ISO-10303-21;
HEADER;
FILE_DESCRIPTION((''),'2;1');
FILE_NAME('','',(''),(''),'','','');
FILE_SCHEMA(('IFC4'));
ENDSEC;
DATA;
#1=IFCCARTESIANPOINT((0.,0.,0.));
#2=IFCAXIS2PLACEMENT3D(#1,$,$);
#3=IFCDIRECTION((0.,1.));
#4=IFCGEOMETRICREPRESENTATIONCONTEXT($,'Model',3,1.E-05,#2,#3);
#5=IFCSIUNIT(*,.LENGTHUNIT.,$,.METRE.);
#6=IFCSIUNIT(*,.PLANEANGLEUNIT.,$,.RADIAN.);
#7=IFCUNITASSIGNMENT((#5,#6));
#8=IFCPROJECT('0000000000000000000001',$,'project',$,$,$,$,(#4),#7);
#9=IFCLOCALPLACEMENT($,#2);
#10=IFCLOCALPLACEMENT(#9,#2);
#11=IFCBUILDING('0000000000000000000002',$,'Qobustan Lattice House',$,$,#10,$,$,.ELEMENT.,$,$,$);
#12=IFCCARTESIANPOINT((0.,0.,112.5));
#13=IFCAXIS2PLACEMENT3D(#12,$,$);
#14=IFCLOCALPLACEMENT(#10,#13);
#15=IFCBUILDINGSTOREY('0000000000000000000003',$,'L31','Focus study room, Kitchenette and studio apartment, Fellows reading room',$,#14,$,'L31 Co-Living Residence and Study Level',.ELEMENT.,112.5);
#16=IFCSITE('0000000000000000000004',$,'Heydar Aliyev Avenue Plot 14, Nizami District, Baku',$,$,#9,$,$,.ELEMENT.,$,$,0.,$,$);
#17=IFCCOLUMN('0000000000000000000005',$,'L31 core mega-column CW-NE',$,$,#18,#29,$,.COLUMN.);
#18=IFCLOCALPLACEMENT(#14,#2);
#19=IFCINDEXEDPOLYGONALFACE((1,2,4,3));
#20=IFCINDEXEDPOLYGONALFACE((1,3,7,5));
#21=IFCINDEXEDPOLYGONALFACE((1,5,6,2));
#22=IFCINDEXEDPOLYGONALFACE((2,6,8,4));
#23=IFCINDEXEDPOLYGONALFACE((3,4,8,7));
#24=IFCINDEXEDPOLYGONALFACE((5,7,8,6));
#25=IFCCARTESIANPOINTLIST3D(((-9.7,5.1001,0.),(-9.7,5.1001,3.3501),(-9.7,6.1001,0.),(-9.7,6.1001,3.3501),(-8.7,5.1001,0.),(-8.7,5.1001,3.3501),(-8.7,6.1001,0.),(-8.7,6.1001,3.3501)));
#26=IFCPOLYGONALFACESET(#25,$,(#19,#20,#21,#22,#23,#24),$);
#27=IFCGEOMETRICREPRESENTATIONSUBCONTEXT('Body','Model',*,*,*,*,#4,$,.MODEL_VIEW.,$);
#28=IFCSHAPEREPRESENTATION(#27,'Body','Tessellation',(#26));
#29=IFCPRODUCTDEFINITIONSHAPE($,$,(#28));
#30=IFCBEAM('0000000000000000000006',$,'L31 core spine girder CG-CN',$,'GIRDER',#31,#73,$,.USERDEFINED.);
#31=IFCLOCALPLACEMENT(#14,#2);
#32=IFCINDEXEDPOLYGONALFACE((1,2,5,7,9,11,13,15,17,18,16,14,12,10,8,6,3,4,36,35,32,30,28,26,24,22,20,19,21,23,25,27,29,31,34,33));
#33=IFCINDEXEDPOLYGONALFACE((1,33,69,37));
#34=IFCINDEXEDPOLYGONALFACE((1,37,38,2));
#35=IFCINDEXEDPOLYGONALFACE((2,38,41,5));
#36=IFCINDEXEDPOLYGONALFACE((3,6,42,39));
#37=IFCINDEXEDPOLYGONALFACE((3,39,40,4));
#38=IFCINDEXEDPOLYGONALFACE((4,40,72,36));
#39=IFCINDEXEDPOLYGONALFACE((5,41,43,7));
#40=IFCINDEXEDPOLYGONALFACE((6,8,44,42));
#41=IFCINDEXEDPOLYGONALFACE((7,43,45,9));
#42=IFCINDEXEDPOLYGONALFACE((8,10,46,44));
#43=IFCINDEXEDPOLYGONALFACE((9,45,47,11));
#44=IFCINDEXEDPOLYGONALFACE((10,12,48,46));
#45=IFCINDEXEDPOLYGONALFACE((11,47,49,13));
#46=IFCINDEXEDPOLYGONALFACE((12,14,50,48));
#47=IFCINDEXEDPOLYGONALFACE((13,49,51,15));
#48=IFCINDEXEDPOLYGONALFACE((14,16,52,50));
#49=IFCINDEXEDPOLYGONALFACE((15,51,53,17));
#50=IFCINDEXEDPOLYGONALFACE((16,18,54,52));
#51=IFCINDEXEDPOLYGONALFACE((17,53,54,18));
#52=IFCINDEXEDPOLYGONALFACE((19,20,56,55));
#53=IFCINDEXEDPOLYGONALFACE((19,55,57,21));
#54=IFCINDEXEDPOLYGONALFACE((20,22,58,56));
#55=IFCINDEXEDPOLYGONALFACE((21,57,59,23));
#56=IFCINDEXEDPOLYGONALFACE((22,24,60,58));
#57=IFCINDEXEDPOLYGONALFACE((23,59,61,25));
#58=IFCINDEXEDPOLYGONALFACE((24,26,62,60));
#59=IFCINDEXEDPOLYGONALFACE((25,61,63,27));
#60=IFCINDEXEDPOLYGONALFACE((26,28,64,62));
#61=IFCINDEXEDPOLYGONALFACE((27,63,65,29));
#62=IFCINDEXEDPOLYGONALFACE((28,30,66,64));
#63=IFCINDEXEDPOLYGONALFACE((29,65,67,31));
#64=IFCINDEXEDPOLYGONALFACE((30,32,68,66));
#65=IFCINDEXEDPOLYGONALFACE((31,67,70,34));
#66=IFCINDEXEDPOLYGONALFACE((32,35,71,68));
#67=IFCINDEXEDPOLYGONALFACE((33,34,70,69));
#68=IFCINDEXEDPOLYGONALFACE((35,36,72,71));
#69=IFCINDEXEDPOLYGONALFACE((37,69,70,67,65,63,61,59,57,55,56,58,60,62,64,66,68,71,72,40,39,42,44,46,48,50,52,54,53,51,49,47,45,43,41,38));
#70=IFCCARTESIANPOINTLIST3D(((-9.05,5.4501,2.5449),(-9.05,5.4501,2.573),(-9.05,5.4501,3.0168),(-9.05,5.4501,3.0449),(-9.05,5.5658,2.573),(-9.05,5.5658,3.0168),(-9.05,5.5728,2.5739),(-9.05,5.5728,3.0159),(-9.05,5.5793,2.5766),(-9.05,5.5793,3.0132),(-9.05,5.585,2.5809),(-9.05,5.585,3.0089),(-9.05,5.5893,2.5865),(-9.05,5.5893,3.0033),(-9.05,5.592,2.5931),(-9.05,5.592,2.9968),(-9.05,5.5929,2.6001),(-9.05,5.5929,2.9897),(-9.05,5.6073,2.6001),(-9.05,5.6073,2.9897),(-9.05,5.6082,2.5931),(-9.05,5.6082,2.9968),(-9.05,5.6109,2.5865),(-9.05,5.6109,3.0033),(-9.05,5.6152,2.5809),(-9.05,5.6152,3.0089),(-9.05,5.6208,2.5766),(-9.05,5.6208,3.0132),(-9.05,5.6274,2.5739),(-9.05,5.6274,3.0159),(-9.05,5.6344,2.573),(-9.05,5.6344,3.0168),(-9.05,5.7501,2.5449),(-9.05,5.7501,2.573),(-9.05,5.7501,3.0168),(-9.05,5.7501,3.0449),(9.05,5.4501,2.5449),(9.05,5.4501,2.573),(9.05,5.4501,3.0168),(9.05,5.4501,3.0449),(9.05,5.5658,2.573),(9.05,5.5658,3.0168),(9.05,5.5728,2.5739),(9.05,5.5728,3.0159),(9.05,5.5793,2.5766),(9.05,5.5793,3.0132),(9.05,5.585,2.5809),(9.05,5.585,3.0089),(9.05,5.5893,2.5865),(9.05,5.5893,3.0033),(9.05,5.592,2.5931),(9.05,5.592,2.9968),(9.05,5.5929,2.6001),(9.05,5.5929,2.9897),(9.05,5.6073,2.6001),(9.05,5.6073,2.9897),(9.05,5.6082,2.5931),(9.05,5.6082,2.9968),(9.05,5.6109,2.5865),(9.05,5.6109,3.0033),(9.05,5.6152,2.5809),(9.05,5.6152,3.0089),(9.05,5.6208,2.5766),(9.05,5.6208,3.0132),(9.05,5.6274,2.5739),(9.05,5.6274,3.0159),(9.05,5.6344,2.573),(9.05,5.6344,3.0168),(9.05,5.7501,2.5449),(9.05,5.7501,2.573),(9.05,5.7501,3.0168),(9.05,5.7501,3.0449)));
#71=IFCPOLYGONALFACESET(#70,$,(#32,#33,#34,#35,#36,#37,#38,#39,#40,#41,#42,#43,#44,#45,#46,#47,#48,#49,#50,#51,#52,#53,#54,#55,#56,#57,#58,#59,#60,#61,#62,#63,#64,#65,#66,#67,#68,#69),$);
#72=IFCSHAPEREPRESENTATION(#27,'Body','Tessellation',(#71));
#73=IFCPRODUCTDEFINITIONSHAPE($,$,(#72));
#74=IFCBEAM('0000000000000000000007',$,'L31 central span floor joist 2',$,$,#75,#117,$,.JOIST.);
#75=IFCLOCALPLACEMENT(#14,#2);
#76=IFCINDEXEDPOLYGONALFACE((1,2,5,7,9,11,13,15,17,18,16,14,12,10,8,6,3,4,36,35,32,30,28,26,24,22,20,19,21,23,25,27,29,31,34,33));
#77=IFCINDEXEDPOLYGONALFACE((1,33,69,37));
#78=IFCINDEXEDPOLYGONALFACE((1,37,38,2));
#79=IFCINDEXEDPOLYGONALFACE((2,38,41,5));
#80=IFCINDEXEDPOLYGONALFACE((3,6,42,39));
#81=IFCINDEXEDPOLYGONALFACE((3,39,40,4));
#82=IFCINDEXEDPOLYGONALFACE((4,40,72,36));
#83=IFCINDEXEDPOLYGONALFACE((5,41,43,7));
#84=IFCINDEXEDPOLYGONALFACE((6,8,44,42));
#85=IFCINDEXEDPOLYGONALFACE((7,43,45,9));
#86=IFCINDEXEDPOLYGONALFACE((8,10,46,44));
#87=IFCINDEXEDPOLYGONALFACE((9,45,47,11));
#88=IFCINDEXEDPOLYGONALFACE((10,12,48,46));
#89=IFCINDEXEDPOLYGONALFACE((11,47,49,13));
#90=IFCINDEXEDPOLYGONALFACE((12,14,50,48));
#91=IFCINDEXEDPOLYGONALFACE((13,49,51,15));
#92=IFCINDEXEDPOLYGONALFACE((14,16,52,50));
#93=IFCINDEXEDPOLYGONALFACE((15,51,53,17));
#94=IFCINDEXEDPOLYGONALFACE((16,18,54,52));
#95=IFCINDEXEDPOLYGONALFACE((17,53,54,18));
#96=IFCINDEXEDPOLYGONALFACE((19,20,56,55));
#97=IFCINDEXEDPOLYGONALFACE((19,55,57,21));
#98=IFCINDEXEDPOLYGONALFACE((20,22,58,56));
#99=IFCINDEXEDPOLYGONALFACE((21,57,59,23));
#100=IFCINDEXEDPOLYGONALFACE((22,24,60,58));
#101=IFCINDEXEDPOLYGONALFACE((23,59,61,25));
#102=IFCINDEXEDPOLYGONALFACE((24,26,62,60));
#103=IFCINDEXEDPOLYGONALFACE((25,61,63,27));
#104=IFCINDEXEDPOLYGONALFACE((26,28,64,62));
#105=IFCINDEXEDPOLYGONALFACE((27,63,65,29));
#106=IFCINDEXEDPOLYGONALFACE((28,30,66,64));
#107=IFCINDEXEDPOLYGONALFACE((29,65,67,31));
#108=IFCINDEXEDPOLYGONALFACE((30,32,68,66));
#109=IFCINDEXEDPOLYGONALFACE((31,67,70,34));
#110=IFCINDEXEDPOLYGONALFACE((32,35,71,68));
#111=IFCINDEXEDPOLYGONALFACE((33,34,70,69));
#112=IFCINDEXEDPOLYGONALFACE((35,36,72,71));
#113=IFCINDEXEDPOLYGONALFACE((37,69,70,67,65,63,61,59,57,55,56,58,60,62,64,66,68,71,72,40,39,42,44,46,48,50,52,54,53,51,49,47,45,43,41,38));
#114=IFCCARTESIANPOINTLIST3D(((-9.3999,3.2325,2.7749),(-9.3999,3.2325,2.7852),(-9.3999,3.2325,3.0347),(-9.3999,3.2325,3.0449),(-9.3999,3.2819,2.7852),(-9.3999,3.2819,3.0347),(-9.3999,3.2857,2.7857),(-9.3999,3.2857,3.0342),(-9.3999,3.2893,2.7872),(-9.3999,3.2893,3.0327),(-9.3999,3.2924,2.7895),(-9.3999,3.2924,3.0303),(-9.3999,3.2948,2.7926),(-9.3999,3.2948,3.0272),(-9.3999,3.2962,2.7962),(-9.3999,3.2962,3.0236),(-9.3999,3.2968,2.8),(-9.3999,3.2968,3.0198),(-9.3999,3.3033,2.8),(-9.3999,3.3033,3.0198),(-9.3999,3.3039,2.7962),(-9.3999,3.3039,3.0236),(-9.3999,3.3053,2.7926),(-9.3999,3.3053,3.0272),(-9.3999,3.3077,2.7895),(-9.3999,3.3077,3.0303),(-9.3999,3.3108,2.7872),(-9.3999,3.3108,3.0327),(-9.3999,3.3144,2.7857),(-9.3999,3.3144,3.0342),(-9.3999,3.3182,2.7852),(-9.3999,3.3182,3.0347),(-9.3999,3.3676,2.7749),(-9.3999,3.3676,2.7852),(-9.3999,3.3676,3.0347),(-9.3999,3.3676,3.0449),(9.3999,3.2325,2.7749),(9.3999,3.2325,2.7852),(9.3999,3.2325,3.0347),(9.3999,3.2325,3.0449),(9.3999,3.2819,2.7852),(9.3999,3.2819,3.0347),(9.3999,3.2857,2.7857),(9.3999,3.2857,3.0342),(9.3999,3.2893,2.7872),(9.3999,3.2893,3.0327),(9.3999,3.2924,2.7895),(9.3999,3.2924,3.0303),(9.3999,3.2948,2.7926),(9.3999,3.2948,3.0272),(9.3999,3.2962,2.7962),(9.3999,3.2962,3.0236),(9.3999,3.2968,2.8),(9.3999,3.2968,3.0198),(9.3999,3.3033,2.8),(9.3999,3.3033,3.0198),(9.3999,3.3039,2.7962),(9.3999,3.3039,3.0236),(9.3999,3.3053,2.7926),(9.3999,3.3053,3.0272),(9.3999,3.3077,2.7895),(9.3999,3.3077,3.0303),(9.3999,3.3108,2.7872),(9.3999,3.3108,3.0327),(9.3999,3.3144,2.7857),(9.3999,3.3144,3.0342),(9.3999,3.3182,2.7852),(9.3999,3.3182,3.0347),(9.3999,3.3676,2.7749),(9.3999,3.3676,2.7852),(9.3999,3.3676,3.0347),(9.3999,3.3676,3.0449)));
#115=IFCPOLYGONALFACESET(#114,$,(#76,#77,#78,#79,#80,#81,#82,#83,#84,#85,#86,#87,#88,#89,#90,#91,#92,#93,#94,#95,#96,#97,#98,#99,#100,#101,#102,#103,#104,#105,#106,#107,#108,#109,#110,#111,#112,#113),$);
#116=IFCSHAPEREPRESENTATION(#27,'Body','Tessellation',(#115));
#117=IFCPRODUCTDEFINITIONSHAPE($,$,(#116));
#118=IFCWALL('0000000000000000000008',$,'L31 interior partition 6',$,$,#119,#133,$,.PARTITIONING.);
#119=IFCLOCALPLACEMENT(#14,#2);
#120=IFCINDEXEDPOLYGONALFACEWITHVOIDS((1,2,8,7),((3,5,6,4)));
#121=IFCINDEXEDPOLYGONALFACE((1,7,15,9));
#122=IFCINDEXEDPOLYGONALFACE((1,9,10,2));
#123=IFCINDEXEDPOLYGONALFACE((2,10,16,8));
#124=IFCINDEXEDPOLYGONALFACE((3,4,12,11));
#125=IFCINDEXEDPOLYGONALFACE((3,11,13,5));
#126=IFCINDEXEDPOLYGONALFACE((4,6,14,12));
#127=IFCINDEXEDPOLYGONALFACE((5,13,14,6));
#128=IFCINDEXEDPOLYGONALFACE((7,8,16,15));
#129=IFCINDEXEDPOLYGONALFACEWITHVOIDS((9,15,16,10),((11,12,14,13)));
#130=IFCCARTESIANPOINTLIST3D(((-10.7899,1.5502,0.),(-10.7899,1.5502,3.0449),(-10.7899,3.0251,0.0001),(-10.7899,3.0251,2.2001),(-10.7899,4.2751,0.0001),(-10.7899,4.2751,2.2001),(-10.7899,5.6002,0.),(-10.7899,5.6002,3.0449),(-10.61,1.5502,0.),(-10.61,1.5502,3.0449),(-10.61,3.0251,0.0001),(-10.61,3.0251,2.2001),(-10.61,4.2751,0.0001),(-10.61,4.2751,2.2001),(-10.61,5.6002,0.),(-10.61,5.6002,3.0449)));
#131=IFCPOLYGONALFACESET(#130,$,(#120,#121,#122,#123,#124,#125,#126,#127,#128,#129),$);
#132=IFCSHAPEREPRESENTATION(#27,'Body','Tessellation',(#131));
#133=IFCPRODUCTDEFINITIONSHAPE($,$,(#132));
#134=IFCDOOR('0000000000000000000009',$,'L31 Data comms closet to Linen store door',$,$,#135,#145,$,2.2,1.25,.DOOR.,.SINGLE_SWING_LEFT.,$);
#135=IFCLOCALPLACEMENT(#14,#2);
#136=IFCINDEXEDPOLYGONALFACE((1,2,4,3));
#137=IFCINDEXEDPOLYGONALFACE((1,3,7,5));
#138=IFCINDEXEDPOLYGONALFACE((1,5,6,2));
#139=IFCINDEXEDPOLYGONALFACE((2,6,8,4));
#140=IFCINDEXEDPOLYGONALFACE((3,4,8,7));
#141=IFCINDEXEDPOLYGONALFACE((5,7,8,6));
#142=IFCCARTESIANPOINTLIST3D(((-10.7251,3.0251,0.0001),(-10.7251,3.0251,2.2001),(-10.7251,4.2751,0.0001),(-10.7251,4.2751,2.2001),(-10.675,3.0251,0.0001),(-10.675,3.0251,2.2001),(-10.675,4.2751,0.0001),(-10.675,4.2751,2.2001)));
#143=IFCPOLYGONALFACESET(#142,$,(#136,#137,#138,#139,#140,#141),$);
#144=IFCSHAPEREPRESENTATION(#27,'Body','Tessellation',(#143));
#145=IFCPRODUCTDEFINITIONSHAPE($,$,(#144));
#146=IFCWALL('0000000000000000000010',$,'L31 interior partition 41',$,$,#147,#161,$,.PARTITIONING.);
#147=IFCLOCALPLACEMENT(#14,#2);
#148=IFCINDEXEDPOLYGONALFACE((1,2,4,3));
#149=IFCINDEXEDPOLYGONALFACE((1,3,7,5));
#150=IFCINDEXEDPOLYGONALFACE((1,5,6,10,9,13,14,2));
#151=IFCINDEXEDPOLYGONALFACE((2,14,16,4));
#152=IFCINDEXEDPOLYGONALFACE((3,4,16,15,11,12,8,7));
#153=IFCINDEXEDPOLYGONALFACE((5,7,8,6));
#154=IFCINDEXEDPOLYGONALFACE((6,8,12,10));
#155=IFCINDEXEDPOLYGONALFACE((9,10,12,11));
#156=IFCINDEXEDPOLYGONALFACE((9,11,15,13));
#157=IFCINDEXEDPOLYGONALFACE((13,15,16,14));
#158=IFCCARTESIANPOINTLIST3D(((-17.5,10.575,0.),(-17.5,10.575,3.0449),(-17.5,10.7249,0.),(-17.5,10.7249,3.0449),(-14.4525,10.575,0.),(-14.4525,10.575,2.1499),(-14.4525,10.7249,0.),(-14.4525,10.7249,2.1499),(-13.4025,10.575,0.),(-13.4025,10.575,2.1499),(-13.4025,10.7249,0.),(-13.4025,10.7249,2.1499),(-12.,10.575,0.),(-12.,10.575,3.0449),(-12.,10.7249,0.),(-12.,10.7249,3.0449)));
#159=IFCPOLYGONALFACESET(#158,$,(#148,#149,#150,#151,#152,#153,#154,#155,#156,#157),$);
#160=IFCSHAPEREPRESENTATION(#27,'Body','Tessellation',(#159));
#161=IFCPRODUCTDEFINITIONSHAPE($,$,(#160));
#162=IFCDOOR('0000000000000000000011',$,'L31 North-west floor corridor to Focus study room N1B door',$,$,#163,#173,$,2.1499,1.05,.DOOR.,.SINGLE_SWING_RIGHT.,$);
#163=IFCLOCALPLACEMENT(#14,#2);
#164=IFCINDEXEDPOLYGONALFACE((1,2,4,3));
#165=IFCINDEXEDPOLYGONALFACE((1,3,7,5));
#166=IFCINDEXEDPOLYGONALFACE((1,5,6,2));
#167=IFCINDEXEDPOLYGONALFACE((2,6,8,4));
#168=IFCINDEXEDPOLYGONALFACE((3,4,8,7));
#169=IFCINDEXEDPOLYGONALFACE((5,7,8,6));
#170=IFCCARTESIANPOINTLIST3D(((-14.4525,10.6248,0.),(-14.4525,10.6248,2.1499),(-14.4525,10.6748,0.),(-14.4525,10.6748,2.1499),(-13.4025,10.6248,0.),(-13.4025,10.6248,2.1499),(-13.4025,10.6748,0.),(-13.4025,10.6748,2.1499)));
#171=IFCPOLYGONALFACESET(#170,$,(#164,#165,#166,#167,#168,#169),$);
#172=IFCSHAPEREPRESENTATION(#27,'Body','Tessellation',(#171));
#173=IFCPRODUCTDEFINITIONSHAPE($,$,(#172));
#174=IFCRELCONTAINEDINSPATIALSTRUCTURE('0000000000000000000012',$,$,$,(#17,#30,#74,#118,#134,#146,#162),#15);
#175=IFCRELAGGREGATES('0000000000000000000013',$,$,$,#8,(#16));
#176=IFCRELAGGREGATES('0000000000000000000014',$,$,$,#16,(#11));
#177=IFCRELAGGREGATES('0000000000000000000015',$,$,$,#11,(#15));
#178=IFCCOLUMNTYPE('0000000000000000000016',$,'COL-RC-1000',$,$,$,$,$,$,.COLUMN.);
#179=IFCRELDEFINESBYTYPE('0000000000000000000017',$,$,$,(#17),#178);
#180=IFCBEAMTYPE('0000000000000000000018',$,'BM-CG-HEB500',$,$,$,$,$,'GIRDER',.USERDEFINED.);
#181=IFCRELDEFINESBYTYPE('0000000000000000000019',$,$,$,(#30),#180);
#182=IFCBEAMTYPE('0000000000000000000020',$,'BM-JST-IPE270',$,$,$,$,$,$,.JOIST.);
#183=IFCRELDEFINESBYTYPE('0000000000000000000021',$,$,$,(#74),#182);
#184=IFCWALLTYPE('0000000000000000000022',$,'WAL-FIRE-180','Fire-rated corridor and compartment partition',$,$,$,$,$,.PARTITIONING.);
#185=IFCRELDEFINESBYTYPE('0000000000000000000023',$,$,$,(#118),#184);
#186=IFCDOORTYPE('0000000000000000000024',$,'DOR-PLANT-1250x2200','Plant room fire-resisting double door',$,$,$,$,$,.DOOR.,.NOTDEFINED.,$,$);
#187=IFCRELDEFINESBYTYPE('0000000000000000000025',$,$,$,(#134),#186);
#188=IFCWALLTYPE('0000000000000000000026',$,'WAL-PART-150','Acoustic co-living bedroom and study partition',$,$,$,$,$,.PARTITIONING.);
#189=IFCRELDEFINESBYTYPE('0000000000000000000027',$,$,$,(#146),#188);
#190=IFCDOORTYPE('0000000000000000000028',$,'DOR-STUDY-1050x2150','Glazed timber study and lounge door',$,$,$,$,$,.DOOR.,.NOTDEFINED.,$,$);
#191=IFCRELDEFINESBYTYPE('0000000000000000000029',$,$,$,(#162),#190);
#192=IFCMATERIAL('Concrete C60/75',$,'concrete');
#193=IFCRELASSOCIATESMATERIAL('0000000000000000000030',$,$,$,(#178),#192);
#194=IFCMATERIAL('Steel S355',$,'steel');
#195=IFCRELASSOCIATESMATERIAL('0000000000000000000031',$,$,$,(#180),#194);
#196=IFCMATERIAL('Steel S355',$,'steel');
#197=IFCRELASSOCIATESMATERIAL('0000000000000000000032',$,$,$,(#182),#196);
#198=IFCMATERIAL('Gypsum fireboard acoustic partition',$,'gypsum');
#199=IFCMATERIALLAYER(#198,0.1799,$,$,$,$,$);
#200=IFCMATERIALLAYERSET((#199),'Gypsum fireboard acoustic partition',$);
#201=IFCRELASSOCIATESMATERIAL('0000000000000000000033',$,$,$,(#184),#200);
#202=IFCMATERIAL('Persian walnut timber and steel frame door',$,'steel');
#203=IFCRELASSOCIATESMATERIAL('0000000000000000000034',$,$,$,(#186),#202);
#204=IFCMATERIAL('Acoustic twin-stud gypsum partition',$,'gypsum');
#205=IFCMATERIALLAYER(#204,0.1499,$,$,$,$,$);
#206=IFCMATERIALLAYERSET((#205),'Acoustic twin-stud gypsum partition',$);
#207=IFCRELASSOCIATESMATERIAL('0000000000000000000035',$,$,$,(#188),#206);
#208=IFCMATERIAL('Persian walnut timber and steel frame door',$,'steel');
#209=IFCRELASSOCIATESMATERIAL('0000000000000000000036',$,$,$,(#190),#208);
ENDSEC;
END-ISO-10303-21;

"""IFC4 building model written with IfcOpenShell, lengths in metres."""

from ifc_helpers import new_model, si_unit, direction, frame, frame_2d, origin, origin_2d, place, context, subcontext, project, spatial, rectangle, i_section, extrude, material, layer, layer_set, material_profile, profile_set, type_object, element, fill, save


model = new_model("IFC4")

# Units and contexts
model_context = context("Model", 3, precision=1e-05, world=origin(), true_north=direction((0.0, 1.0)))
body_context = subcontext(model_context, "Body", "Model", "MODEL_VIEW")
ifc_project = project(units=[si_unit("LENGTHUNIT", "METRE"), si_unit("PLANEANGLEUNIT", "RADIAN")], contexts=[model_context])

# Site, building, storey
site_placement = place(None, origin())
site = spatial("IfcSite", under=ifc_project, at=site_placement, Name="Heydar Aliyev Avenue Plot 14, Nizami District, Baku", CompositionType="ELEMENT", RefElevation=0.0)
building_placement = place(site_placement, origin())
building = spatial("IfcBuilding", under=site, at=building_placement, Name="Qobustan Lattice House", CompositionType="ELEMENT")
storey_placement = place(building_placement, frame((0.0, 0.0, 112.5)))
storey = spatial("IfcBuildingStorey", under=building, at=storey_placement, Name="L31", Description="Focus study room, Kitchenette and studio apartment, Fellows reading room", LongName="L31 Co-Living Residence and Study Level", CompositionType="ELEMENT", Elevation=112.5)

# Column
ifc_material_1 = material(Name="Concrete C60/75", Category="concrete")
ifc_material_profile_1 = material_profile(ifc_material_1, rectangle(XDim=1.0, YDim=1.0, at=origin_2d()), Name="RC1000x1000")
ifc_profile_set_1 = profile_set([ifc_material_profile_1], Name="Concrete C60/75")
column_type = type_object("IfcColumnType", Name="COL-RC-1000", PredefinedType="COLUMN", material=ifc_profile_set_1)
column_placement = place(storey_placement, frame((-9.2, 5.6001, 0.0), z_axis=(0.0, 0.0, 1.0), x_axis=(1.0, 0.0, 0.0)))
element("IfcColumn", 1, at=column_placement, inside=storey, type_object=column_type, Name="L31 core mega-column CW-NE", PredefinedType="COLUMN", context=body_context, shape_type="SweptSolid", body=[
    extrude(rectangle(XDim=1.0, YDim=1.0, at=origin_2d()), origin(), (0.0, 0.0, 1.0), 3.3501),
])

# Beams
ifc_material_2 = material(Name="Steel S355", Category="steel")
ifc_material_profile_2 = material_profile(ifc_material_2, i_section(OverallWidth=0.3, OverallDepth=0.5, WebThickness=0.0144, FlangeThickness=0.0281, FilletRadius=0.0271, at=origin_2d()), Name="HEB500")
ifc_profile_set_2 = profile_set([ifc_material_profile_2], Name="Steel S355")
beam_type_1 = type_object("IfcBeamType", Name="BM-CG-HEB500", ElementType="GIRDER", PredefinedType="USERDEFINED", material=ifc_profile_set_2)
beam_1_placement = place(storey_placement, frame((-9.05, 5.6001, 2.7949), z_axis=(1.0, 0.0, 0.0), x_axis=(0.0, 1.0, 0.0)))
element("IfcBeam", 2, at=beam_1_placement, inside=storey, type_object=beam_type_1, Name="L31 core spine girder CG-CN", ObjectType="GIRDER", PredefinedType="USERDEFINED", context=body_context, shape_type="SweptSolid", body=[
    extrude(i_section(OverallWidth=0.3, OverallDepth=0.5, WebThickness=0.0144, FlangeThickness=0.0281, FilletRadius=0.0271, at=origin_2d()), origin(), (0.0, 0.0, 1.0), 18.1001),
])
ifc_material_3 = material(Name="Steel S355", Category="steel")
ifc_material_profile_3 = material_profile(ifc_material_3, i_section(OverallWidth=0.135, OverallDepth=0.27, WebThickness=0.0066, FlangeThickness=0.0103, FilletRadius=0.0149, at=origin_2d()), Name="IPE270")
ifc_profile_set_3 = profile_set([ifc_material_profile_3], Name="Steel S355")
beam_type_2 = type_object("IfcBeamType", Name="BM-JST-IPE270", PredefinedType="JOIST", material=ifc_profile_set_3)
beam_2_placement = place(storey_placement, frame((-9.3999, 3.3, 2.9099), z_axis=(1.0, 0.0, 0.0), x_axis=(0.0, 1.0, 0.0)))
element("IfcBeam", 3, at=beam_2_placement, inside=storey, type_object=beam_type_2, Name="L31 central span floor joist 2", PredefinedType="JOIST", context=body_context, shape_type="SweptSolid", body=[
    extrude(i_section(OverallWidth=0.135, OverallDepth=0.27, WebThickness=0.0066, FlangeThickness=0.0103, FilletRadius=0.0149, at=origin_2d()), origin(), (0.0, 0.0, 1.0), 18.7998),
])

# Walls, openings, doors
ifc_material_4 = material(Name="Gypsum fireboard acoustic partition", Category="gypsum")
ifc_layer_1 = layer(ifc_material_4, 0.1799)
ifc_layer_set_1 = layer_set([ifc_layer_1], Name="Gypsum fireboard acoustic partition")
wall_type_1 = type_object("IfcWallType", Name="WAL-FIRE-180", Description="Fire-rated corridor and compartment partition", PredefinedType="PARTITIONING", material=ifc_layer_set_1)
wall_1_placement = place(storey_placement, frame((-10.7, 5.6001, 0.0), z_axis=(0.0, 0.0, 1.0), x_axis=(0.0, -1.0, 0.0)))
wall_1 = element("IfcWall", 4, at=wall_1_placement, inside=storey, type_object=wall_type_1, Name="L31 interior partition 6", PredefinedType="PARTITIONING", context=body_context, shape_type="SweptSolid", body=[
    extrude(rectangle(XDim=4.05, YDim=0.1799, at=frame_2d((2.0249, 0.0))), origin(), (0.0, 0.0, 1.0), 3.0449),
])
opening_1_placement = place(wall_1_placement, frame((1.325, 0.0, 0.0)))
opening_1 = element("IfcOpeningElement", 5, at=opening_1_placement, cuts=wall_1, PredefinedType="OPENING", context=body_context, shape_type="SweptSolid", body=[
    extrude(rectangle(XDim=1.25, YDim=2.2, at=frame_2d((0.625, 1.1001))), frame((0.0, 0.0999, 0.0), z_axis=(0.0, -1.0, 0.0), x_axis=(1.0, 0.0, 0.0)), (0.0, 0.0, 1.0), 0.2),
])
ifc_material_5 = material(Name="Persian walnut timber and steel frame door", Category="steel")
door_type_1 = type_object("IfcDoorType", Name="DOR-PLANT-1250x2200", Description="Plant room fire-resisting double door", OperationType="NOTDEFINED", PredefinedType="DOOR", material=ifc_material_5)
door_1_placement = place(opening_1_placement, origin())
door_1 = element("IfcDoor", 6, at=door_1_placement, inside=storey, type_object=door_type_1, Name="L31 Data comms closet to Linen store door", OperationType="SINGLE_SWING_LEFT", OverallHeight=2.2, OverallWidth=1.25, PredefinedType="DOOR", context=body_context, shape_type="SweptSolid", body=[
    extrude(rectangle(XDim=1.25, YDim=2.2, at=frame_2d((0.625, 1.1001))), frame((0.0, 0.0249, 0.0), z_axis=(0.0, -1.0, 0.0), x_axis=(1.0, 0.0, 0.0)), (0.0, 0.0, 1.0), 0.05),
])
fill(opening_1, door_1)
ifc_material_6 = material(Name="Acoustic twin-stud gypsum partition", Category="gypsum")
ifc_layer_2 = layer(ifc_material_6, 0.1499)
ifc_layer_set_2 = layer_set([ifc_layer_2], Name="Acoustic twin-stud gypsum partition")
wall_type_2 = type_object("IfcWallType", Name="WAL-PART-150", Description="Acoustic co-living bedroom and study partition", PredefinedType="PARTITIONING", material=ifc_layer_set_2)
wall_2_placement = place(storey_placement, frame((-17.5, 10.6499, 0.0), z_axis=(0.0, 0.0, 1.0), x_axis=(1.0, 0.0, 0.0)))
wall_2 = element("IfcWall", 7, at=wall_2_placement, inside=storey, type_object=wall_type_2, Name="L31 interior partition 41", PredefinedType="PARTITIONING", context=body_context, shape_type="SweptSolid", body=[
    extrude(rectangle(XDim=5.5, YDim=0.1499, at=frame_2d((2.75, 0.0))), origin(), (0.0, 0.0, 1.0), 3.0449),
])
opening_2_placement = place(wall_2_placement, frame((3.0476, 0.0, 0.0)))
opening_2 = element("IfcOpeningElement", 8, at=opening_2_placement, cuts=wall_2, PredefinedType="OPENING", context=body_context, shape_type="SweptSolid", body=[
    extrude(rectangle(XDim=1.05, YDim=2.1499, at=frame_2d((0.5249, 1.075))), frame((0.0, 0.085, 0.0), z_axis=(0.0, -1.0, 0.0), x_axis=(1.0, 0.0, 0.0)), (0.0, 0.0, 1.0), 0.1699),
])
ifc_material_7 = material(Name="Persian walnut timber and steel frame door", Category="steel")
door_type_2 = type_object("IfcDoorType", Name="DOR-STUDY-1050x2150", Description="Glazed timber study and lounge door", OperationType="NOTDEFINED", PredefinedType="DOOR", material=ifc_material_7)
door_2_placement = place(opening_2_placement, origin())
door_2 = element("IfcDoor", 9, at=door_2_placement, inside=storey, type_object=door_type_2, Name="L31 North-west floor corridor to Focus study room N1B door", OperationType="SINGLE_SWING_RIGHT", OverallHeight=2.1499, OverallWidth=1.05, PredefinedType="DOOR", context=body_context, shape_type="SweptSolid", body=[
    extrude(rectangle(XDim=1.05, YDim=2.1499, at=frame_2d((0.5249, 1.075))), frame((0.0, 0.0249, 0.0), z_axis=(0.0, -1.0, 0.0), x_axis=(1.0, 0.0, 0.0)), (0.0, 0.0, 1.0), 0.05),
])
fill(opening_2, door_2)

save(model, "model.ifc")
